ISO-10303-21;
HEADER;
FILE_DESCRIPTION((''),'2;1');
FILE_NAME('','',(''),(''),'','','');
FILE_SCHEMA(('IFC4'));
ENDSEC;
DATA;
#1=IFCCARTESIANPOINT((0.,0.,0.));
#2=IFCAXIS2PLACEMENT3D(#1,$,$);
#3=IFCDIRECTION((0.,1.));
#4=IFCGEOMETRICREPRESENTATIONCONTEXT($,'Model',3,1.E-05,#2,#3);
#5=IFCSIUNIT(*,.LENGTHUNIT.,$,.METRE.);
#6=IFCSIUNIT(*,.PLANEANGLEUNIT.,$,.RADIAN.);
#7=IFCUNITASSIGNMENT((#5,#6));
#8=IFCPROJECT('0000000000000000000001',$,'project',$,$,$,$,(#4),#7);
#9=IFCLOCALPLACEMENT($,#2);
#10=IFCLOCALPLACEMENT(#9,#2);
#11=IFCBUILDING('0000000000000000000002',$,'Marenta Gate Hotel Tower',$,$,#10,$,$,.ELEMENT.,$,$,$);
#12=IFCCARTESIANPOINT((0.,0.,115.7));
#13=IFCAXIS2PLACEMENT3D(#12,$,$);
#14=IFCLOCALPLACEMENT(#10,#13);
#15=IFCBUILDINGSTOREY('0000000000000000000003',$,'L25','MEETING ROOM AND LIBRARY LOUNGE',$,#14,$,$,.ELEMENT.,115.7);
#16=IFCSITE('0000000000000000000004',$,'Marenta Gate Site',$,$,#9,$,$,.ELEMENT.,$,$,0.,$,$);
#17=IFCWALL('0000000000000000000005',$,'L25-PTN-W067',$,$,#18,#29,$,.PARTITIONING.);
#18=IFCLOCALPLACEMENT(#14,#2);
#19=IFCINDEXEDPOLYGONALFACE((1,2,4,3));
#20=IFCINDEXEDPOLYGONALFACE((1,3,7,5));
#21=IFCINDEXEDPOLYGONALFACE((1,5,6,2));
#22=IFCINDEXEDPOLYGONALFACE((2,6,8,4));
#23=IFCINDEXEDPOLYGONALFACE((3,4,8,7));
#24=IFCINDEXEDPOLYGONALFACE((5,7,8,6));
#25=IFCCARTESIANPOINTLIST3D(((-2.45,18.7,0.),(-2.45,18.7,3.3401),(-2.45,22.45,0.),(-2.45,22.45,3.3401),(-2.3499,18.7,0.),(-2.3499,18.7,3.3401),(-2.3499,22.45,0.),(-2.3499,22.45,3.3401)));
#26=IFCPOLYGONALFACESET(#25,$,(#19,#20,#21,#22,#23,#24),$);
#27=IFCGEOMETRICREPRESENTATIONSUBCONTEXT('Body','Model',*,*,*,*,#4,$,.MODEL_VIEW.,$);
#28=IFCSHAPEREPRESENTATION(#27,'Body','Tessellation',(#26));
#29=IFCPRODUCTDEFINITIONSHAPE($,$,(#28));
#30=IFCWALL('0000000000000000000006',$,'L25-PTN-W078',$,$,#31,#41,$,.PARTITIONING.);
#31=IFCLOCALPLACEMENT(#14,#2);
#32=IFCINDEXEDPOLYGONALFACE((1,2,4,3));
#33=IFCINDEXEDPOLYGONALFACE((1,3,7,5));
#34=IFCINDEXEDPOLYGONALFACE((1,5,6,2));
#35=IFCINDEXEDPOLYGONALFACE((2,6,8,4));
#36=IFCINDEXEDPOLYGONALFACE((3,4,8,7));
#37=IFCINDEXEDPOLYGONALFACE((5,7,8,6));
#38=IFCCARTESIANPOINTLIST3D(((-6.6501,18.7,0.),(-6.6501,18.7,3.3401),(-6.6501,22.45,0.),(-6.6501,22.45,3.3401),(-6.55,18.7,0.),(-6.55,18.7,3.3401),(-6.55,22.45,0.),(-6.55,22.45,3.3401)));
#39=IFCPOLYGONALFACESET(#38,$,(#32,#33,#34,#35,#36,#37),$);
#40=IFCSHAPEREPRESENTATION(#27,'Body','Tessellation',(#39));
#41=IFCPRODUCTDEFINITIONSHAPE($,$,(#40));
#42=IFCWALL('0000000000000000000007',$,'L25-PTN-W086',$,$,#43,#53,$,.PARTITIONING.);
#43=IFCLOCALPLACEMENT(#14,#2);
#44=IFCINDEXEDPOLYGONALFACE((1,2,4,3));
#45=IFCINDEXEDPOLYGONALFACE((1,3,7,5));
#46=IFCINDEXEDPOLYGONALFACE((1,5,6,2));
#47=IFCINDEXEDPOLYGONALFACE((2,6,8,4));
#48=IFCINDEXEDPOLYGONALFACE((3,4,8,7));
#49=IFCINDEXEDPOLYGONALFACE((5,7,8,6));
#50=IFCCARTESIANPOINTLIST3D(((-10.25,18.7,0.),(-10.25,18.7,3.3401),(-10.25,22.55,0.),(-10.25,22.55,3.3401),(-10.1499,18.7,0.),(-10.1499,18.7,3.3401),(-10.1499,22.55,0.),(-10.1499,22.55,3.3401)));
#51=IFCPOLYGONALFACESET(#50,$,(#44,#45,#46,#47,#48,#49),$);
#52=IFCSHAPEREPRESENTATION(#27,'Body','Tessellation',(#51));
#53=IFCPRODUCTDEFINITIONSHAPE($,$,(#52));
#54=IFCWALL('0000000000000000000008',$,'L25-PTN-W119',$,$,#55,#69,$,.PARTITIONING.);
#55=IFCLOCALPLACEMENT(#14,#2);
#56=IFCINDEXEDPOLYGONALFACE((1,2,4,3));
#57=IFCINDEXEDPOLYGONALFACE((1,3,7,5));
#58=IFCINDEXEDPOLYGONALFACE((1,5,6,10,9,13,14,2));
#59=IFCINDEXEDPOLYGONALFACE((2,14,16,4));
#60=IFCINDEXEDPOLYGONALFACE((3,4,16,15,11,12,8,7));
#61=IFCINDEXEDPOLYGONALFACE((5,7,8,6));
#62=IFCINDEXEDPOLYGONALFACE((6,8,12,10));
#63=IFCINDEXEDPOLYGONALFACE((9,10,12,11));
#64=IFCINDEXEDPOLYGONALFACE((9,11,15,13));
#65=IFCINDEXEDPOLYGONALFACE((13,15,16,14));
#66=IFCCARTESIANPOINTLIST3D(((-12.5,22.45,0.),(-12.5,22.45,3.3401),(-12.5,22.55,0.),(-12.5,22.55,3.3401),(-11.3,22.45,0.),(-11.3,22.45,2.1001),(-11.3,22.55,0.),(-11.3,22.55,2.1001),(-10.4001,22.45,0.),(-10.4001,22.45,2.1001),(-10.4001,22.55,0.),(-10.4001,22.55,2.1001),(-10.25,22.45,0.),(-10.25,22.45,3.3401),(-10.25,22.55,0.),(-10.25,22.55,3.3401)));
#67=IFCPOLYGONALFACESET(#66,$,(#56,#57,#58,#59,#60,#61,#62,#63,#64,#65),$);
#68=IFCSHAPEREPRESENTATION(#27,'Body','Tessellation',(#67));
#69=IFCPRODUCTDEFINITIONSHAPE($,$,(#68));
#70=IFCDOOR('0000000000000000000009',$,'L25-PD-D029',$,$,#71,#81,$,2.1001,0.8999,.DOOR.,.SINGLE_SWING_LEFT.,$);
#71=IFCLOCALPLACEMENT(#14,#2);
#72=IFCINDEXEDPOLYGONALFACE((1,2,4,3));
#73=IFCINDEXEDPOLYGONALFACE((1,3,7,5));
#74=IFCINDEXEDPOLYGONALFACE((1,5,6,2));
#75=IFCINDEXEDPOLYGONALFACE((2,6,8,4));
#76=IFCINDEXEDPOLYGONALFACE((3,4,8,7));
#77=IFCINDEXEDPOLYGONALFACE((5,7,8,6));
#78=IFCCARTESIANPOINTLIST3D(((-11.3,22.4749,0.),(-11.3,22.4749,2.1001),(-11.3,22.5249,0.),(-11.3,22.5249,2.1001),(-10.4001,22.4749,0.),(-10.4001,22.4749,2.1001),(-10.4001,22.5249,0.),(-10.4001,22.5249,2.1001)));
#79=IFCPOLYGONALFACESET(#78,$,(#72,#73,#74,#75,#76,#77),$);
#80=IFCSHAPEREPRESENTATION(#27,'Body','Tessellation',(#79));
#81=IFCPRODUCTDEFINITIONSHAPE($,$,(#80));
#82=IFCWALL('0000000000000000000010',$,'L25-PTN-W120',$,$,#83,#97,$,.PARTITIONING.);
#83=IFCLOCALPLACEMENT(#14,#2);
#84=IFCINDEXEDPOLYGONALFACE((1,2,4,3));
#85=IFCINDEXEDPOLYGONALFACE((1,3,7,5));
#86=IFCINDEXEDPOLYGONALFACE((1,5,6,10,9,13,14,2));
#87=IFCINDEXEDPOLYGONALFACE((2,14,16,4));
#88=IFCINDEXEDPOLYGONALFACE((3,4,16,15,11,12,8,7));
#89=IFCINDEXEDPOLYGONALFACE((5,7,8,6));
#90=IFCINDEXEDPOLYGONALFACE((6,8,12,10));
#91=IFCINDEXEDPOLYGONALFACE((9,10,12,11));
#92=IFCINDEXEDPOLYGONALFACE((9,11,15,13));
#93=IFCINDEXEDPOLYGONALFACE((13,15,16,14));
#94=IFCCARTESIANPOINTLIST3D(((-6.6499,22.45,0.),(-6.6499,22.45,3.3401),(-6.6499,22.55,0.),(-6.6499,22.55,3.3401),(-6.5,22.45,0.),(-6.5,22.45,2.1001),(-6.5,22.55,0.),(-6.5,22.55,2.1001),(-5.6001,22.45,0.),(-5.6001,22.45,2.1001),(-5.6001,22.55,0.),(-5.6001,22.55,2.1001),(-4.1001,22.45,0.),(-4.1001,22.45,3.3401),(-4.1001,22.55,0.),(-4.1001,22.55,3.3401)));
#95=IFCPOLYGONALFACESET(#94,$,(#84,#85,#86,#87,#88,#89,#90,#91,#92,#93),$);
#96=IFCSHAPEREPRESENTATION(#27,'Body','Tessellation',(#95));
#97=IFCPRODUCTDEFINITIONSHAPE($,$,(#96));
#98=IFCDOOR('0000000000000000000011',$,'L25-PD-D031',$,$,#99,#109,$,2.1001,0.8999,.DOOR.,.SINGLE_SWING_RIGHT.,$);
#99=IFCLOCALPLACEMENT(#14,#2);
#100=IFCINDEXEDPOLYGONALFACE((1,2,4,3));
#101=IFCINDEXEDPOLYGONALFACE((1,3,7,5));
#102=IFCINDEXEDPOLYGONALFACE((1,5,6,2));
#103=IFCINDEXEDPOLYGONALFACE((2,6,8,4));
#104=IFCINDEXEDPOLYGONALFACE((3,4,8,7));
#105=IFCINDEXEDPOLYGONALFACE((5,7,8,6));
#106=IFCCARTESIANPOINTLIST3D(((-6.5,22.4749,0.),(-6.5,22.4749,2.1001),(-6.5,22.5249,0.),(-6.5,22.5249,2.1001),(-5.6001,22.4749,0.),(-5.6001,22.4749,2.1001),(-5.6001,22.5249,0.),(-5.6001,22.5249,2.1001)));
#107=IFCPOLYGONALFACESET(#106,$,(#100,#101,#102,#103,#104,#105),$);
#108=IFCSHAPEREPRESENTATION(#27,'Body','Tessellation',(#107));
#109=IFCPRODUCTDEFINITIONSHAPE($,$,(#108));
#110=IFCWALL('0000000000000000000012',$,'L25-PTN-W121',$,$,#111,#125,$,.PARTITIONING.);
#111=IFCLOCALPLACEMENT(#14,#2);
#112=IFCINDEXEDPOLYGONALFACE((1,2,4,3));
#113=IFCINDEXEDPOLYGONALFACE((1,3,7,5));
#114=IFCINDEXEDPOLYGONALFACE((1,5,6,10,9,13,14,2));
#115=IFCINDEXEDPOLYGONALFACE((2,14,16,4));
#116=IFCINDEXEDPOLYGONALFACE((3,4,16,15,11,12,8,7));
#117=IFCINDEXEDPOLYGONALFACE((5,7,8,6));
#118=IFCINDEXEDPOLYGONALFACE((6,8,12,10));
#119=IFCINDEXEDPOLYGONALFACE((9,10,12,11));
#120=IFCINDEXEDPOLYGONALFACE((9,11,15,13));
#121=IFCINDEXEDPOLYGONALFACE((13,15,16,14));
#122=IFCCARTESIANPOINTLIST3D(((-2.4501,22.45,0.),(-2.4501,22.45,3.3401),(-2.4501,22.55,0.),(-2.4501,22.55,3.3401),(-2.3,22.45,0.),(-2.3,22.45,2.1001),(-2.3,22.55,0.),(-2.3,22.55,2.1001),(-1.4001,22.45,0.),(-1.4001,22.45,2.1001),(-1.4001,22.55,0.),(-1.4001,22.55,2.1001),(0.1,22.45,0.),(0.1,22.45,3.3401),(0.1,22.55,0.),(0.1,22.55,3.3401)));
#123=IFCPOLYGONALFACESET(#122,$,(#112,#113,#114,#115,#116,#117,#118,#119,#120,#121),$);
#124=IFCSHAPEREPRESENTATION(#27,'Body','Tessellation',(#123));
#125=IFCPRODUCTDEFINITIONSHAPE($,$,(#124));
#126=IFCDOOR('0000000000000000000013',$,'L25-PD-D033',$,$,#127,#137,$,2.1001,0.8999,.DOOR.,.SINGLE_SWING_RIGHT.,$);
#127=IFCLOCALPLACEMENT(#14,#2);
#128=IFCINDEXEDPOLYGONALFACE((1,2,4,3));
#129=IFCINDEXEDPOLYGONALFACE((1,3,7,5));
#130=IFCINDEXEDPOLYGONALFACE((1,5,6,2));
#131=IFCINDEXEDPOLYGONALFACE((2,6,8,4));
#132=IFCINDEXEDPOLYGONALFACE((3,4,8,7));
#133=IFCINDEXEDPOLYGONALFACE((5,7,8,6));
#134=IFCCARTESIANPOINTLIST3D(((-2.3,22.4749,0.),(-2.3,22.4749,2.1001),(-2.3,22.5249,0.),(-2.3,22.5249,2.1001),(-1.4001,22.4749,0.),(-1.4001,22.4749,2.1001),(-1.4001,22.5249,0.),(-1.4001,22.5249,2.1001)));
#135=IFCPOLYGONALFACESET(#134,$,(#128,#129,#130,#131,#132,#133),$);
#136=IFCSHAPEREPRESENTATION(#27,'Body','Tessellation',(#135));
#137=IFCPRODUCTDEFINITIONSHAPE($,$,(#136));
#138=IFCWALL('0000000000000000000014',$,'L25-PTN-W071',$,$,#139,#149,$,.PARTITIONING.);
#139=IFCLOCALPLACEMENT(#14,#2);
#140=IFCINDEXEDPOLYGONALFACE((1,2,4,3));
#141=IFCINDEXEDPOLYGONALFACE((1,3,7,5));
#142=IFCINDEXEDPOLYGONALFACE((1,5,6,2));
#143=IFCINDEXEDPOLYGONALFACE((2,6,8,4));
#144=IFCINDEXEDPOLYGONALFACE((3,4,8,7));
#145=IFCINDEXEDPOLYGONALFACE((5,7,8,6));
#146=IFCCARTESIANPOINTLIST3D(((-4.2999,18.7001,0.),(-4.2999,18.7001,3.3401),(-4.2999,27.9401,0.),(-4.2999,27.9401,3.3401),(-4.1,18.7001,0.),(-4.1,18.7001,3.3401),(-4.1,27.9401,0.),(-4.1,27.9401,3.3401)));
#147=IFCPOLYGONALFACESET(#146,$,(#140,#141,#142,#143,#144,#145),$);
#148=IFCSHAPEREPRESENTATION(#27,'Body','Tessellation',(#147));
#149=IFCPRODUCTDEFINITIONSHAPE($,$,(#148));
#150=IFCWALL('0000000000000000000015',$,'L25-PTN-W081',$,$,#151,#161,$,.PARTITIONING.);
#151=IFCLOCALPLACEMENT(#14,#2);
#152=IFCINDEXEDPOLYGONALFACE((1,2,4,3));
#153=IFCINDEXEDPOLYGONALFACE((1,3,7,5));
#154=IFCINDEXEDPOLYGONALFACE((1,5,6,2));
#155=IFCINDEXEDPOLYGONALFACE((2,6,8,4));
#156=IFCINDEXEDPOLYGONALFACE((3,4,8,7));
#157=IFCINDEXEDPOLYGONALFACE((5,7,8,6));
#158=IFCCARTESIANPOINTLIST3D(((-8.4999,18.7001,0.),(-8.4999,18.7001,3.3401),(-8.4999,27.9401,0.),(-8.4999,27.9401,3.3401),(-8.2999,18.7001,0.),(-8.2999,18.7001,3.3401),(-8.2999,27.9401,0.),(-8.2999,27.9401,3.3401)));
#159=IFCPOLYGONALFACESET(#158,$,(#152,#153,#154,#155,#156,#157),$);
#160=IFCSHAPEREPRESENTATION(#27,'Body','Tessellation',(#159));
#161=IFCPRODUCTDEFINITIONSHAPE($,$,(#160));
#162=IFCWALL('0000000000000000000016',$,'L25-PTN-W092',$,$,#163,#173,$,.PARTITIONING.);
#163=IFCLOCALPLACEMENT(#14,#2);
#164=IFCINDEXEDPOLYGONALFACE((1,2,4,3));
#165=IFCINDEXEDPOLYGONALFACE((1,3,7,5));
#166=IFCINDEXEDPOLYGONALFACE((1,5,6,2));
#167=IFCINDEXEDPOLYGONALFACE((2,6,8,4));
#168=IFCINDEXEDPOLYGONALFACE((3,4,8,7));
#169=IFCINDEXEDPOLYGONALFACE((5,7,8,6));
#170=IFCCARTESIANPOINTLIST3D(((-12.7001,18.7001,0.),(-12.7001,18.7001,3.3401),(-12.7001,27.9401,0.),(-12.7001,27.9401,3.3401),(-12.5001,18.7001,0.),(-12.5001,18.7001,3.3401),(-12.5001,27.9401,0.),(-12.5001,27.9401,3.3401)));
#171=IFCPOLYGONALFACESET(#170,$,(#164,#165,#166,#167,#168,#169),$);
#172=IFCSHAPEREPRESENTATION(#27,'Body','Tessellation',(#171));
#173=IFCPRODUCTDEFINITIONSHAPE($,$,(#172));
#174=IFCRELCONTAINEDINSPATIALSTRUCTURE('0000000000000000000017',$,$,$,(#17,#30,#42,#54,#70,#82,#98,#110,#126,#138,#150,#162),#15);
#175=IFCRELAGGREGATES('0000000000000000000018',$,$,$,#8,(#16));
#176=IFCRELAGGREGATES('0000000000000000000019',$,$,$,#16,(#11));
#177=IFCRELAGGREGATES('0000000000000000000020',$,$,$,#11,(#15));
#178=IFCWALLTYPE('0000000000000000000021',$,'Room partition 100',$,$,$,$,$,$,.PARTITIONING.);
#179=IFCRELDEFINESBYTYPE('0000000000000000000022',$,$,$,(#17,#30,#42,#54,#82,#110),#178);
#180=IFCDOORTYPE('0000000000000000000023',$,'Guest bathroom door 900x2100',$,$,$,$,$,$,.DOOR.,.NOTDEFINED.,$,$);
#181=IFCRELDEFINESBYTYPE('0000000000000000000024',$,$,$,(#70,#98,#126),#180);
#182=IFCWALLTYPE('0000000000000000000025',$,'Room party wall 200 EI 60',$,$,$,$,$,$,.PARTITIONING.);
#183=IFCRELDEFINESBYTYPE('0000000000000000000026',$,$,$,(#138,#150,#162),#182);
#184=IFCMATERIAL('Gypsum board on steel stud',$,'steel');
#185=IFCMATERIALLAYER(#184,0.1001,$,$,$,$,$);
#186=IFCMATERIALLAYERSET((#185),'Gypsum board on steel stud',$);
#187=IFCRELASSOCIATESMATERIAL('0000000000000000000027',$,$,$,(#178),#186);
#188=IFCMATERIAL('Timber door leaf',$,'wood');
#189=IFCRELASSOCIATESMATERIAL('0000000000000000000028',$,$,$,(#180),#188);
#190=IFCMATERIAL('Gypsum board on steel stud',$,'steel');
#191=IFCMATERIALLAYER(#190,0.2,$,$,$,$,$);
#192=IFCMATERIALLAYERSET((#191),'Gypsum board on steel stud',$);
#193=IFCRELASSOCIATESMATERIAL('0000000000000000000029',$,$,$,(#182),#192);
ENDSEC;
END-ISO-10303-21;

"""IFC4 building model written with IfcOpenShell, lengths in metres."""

from ifc_helpers import new_model, si_unit, direction, frame, frame_2d, origin, place, context, subcontext, project, spatial, rectangle, extrude, material, layer, layer_set, type_object, element, fill, save


model = new_model("IFC4")

# Units and contexts
model_context = context("Model", 3, precision=1e-05, world=origin(), true_north=direction((0.0, 1.0)))
body_context = subcontext(model_context, "Body", "Model", "MODEL_VIEW")
ifc_project = project(units=[si_unit("LENGTHUNIT", "METRE"), si_unit("PLANEANGLEUNIT", "RADIAN")], contexts=[model_context])

# Site, building, storey
site_placement = place(None, origin())
site = spatial("IfcSite", under=ifc_project, at=site_placement, Name="Marenta Gate Site", CompositionType="ELEMENT", RefElevation=0.0)
building_placement = place(site_placement, origin())
building = spatial("IfcBuilding", under=site, at=building_placement, Name="Marenta Gate Hotel Tower", CompositionType="ELEMENT")
storey_placement = place(building_placement, frame((0.0, 0.0, 115.7)))
storey = spatial("IfcBuildingStorey", under=building, at=storey_placement, Name="L25", Description="MEETING ROOM AND LIBRARY LOUNGE", CompositionType="ELEMENT", Elevation=115.7)

# Walls
ifc_material_1 = material(Name="Gypsum board on steel stud", Category="steel")
ifc_layer_1 = layer(ifc_material_1, 0.1001)
ifc_layer_set_1 = layer_set([ifc_layer_1], Name="Gypsum board on steel stud")
wall_type_1 = type_object("IfcWallType", Name="Room partition 100", PredefinedType="PARTITIONING", material=ifc_layer_set_1)
for number, where, z_axis, x_axis, name in (
    (1, (-2.3999, 18.7, 0.0), (0.0, 0.0, 1.0), (0.0, 1.0, 0.0), "L25-PTN-W067"),
    (2, (-6.6001, 18.7, 0.0), (0.0, 0.0, 1.0), (0.0, 1.0, 0.0), "L25-PTN-W078"),
):
    element("IfcWall", number, at=place(storey_placement, frame(where, z_axis=z_axis, x_axis=x_axis)), inside=storey, type_object=wall_type_1, Name=name, PredefinedType="PARTITIONING", context=body_context, shape_type="SweptSolid", body=[
        extrude(rectangle(XDim=3.75, YDim=0.1001, at=frame_2d((1.875, 0.0))), origin(), (0.0, 0.0, 1.0), 3.3401),
    ])
wall_1_placement = place(storey_placement, frame((-10.2, 18.7, 0.0), z_axis=(0.0, 0.0, 1.0), x_axis=(0.0, 1.0, 0.0)))
element("IfcWall", 3, at=wall_1_placement, inside=storey, type_object=wall_type_1, Name="L25-PTN-W086", PredefinedType="PARTITIONING", context=body_context, shape_type="SweptSolid", body=[
    extrude(rectangle(XDim=3.8501, YDim=0.1001, at=frame_2d((1.925, 0.0))), origin(), (0.0, 0.0, 1.0), 3.3401),
])

# Walls, openings, doors
wall_2_placement = place(storey_placement, frame((-12.5, 22.5, 0.0), z_axis=(0.0, 0.0, 1.0), x_axis=(1.0, 0.0, 0.0)))
wall_2 = element("IfcWall", 4, at=wall_2_placement, inside=storey, type_object=wall_type_1, Name="L25-PTN-W119", PredefinedType="PARTITIONING", context=body_context, shape_type="SweptSolid", body=[
    extrude(rectangle(XDim=2.25, YDim=0.1001, at=frame_2d((1.125, 0.0))), origin(), (0.0, 0.0, 1.0), 3.3401),
])
opening_1_placement = place(wall_2_placement, frame((1.2, 0.0, 0.0)))
opening_1 = element("IfcOpeningElement", 5, at=opening_1_placement, cuts=wall_2, PredefinedType="OPENING", context=body_context, shape_type="SweptSolid", body=[
    extrude(rectangle(XDim=0.8999, YDim=2.1001, at=frame_2d((0.45, 1.05))), frame((0.0, 0.05, 0.0), z_axis=(0.0, -1.0, 0.0), x_axis=(1.0, 0.0, 0.0)), (0.0, 0.0, 1.0), 0.1001),
])
ifc_material_2 = material(Name="Timber door leaf", Category="wood")
door_type_1 = type_object("IfcDoorType", Name="Guest bathroom door 900x2100", OperationType="NOTDEFINED", PredefinedType="DOOR", material=ifc_material_2)
door_1_placement = place(opening_1_placement, origin())
door_1 = element("IfcDoor", 6, at=door_1_placement, inside=storey, type_object=door_type_1, Name="L25-PD-D029", OperationType="SINGLE_SWING_LEFT", OverallHeight=2.1001, OverallWidth=0.8999, PredefinedType="DOOR", context=body_context, shape_type="SweptSolid", body=[
    extrude(rectangle(XDim=0.8999, YDim=2.1001, at=frame_2d((0.45, 1.05))), frame((0.0, 0.0249, 0.0), z_axis=(0.0, -1.0, 0.0), x_axis=(1.0, 0.0, 0.0)), (0.0, 0.0, 1.0), 0.05),
])
fill(opening_1, door_1)
wall_3_placement = place(storey_placement, frame((-6.6499, 22.5, 0.0), z_axis=(0.0, 0.0, 1.0), x_axis=(1.0, 0.0, 0.0)))
wall_3 = element("IfcWall", 7, at=wall_3_placement, inside=storey, type_object=wall_type_1, Name="L25-PTN-W120", PredefinedType="PARTITIONING", context=body_context, shape_type="SweptSolid", body=[
    extrude(rectangle(XDim=2.5498, YDim=0.1001, at=frame_2d((1.2749, 0.0))), origin(), (0.0, 0.0, 1.0), 3.3401),
])
opening_2_placement = place(wall_3_placement, frame((0.1499, 0.0, 0.0)))
opening_2 = element("IfcOpeningElement", 8, at=opening_2_placement, cuts=wall_3, PredefinedType="OPENING", context=body_context, shape_type="SweptSolid", body=[
    extrude(rectangle(XDim=0.8999, YDim=2.1001, at=frame_2d((0.45, 1.05))), frame((0.0, 0.05, 0.0), z_axis=(0.0, -1.0, 0.0), x_axis=(1.0, 0.0, 0.0)), (0.0, 0.0, 1.0), 0.1001),
])
door_2_placement = place(opening_2_placement, origin())
door_2 = element("IfcDoor", 9, at=door_2_placement, inside=storey, type_object=door_type_1, Name="L25-PD-D031", OperationType="SINGLE_SWING_RIGHT", OverallHeight=2.1001, OverallWidth=0.8999, PredefinedType="DOOR", context=body_context, shape_type="SweptSolid", body=[
    extrude(rectangle(XDim=0.8999, YDim=2.1001, at=frame_2d((0.45, 1.05))), frame((0.0, 0.0249, 0.0), z_axis=(0.0, -1.0, 0.0), x_axis=(1.0, 0.0, 0.0)), (0.0, 0.0, 1.0), 0.05),
])
fill(opening_2, door_2)
wall_4_placement = place(storey_placement, frame((-2.45, 22.5, 0.0), z_axis=(0.0, 0.0, 1.0), x_axis=(1.0, 0.0, 0.0)))
wall_4 = element("IfcWall", 10, at=wall_4_placement, inside=storey, type_object=wall_type_1, Name="L25-PTN-W121", PredefinedType="PARTITIONING", context=body_context, shape_type="SweptSolid", body=[
    extrude(rectangle(XDim=2.55, YDim=0.1001, at=frame_2d((1.2749, 0.0))), origin(), (0.0, 0.0, 1.0), 3.3401),
])
opening_3_placement = place(wall_4_placement, frame((0.1499, 0.0, 0.0)))
opening_3 = element("IfcOpeningElement", 11, at=opening_3_placement, cuts=wall_4, PredefinedType="OPENING", context=body_context, shape_type="SweptSolid", body=[
    extrude(rectangle(XDim=0.8999, YDim=2.1001, at=frame_2d((0.45, 1.05))), frame((0.0, 0.05, 0.0), z_axis=(0.0, -1.0, 0.0), x_axis=(1.0, 0.0, 0.0)), (0.0, 0.0, 1.0), 0.1001),
])
door_3_placement = place(opening_3_placement, origin())
door_3 = element("IfcDoor", 12, at=door_3_placement, inside=storey, type_object=door_type_1, Name="L25-PD-D033", OperationType="SINGLE_SWING_RIGHT", OverallHeight=2.1001, OverallWidth=0.8999, PredefinedType="DOOR", context=body_context, shape_type="SweptSolid", body=[
    extrude(rectangle(XDim=0.8999, YDim=2.1001, at=frame_2d((0.45, 1.05))), frame((0.0, 0.0249, 0.0), z_axis=(0.0, -1.0, 0.0), x_axis=(1.0, 0.0, 0.0)), (0.0, 0.0, 1.0), 0.05),
])
fill(opening_3, door_3)

# Walls
ifc_material_3 = material(Name="Gypsum board on steel stud", Category="steel")
ifc_layer_2 = layer(ifc_material_3, 0.2)
ifc_layer_set_2 = layer_set([ifc_layer_2], Name="Gypsum board on steel stud")
wall_type_2 = type_object("IfcWallType", Name="Room party wall 200 EI 60", PredefinedType="PARTITIONING", material=ifc_layer_set_2)
for number, where, z_axis, x_axis, name in (
    (13, (-4.2, 18.7, 0.0), (0.0, 0.0, 1.0), (0.0, 1.0, 0.0), "L25-PTN-W071"),
    (14, (-8.3999, 18.7, 0.0), (0.0, 0.0, 1.0), (0.0, 1.0, 0.0), "L25-PTN-W081"),
    (15, (-12.6001, 18.7, 0.0), (0.0, 0.0, 1.0), (0.0, 1.0, 0.0), "L25-PTN-W092"),
):
    element("IfcWall", number, at=place(storey_placement, frame(where, z_axis=z_axis, x_axis=x_axis)), inside=storey, type_object=wall_type_2, Name=name, PredefinedType="PARTITIONING", context=body_context, shape_type="SweptSolid", body=[
        extrude(rectangle(XDim=9.24, YDim=0.2, at=frame_2d((4.6201, 0.0))), origin(), (0.0, 0.0, 1.0), 3.3401),
    ])

save(model, "model.ifc")
